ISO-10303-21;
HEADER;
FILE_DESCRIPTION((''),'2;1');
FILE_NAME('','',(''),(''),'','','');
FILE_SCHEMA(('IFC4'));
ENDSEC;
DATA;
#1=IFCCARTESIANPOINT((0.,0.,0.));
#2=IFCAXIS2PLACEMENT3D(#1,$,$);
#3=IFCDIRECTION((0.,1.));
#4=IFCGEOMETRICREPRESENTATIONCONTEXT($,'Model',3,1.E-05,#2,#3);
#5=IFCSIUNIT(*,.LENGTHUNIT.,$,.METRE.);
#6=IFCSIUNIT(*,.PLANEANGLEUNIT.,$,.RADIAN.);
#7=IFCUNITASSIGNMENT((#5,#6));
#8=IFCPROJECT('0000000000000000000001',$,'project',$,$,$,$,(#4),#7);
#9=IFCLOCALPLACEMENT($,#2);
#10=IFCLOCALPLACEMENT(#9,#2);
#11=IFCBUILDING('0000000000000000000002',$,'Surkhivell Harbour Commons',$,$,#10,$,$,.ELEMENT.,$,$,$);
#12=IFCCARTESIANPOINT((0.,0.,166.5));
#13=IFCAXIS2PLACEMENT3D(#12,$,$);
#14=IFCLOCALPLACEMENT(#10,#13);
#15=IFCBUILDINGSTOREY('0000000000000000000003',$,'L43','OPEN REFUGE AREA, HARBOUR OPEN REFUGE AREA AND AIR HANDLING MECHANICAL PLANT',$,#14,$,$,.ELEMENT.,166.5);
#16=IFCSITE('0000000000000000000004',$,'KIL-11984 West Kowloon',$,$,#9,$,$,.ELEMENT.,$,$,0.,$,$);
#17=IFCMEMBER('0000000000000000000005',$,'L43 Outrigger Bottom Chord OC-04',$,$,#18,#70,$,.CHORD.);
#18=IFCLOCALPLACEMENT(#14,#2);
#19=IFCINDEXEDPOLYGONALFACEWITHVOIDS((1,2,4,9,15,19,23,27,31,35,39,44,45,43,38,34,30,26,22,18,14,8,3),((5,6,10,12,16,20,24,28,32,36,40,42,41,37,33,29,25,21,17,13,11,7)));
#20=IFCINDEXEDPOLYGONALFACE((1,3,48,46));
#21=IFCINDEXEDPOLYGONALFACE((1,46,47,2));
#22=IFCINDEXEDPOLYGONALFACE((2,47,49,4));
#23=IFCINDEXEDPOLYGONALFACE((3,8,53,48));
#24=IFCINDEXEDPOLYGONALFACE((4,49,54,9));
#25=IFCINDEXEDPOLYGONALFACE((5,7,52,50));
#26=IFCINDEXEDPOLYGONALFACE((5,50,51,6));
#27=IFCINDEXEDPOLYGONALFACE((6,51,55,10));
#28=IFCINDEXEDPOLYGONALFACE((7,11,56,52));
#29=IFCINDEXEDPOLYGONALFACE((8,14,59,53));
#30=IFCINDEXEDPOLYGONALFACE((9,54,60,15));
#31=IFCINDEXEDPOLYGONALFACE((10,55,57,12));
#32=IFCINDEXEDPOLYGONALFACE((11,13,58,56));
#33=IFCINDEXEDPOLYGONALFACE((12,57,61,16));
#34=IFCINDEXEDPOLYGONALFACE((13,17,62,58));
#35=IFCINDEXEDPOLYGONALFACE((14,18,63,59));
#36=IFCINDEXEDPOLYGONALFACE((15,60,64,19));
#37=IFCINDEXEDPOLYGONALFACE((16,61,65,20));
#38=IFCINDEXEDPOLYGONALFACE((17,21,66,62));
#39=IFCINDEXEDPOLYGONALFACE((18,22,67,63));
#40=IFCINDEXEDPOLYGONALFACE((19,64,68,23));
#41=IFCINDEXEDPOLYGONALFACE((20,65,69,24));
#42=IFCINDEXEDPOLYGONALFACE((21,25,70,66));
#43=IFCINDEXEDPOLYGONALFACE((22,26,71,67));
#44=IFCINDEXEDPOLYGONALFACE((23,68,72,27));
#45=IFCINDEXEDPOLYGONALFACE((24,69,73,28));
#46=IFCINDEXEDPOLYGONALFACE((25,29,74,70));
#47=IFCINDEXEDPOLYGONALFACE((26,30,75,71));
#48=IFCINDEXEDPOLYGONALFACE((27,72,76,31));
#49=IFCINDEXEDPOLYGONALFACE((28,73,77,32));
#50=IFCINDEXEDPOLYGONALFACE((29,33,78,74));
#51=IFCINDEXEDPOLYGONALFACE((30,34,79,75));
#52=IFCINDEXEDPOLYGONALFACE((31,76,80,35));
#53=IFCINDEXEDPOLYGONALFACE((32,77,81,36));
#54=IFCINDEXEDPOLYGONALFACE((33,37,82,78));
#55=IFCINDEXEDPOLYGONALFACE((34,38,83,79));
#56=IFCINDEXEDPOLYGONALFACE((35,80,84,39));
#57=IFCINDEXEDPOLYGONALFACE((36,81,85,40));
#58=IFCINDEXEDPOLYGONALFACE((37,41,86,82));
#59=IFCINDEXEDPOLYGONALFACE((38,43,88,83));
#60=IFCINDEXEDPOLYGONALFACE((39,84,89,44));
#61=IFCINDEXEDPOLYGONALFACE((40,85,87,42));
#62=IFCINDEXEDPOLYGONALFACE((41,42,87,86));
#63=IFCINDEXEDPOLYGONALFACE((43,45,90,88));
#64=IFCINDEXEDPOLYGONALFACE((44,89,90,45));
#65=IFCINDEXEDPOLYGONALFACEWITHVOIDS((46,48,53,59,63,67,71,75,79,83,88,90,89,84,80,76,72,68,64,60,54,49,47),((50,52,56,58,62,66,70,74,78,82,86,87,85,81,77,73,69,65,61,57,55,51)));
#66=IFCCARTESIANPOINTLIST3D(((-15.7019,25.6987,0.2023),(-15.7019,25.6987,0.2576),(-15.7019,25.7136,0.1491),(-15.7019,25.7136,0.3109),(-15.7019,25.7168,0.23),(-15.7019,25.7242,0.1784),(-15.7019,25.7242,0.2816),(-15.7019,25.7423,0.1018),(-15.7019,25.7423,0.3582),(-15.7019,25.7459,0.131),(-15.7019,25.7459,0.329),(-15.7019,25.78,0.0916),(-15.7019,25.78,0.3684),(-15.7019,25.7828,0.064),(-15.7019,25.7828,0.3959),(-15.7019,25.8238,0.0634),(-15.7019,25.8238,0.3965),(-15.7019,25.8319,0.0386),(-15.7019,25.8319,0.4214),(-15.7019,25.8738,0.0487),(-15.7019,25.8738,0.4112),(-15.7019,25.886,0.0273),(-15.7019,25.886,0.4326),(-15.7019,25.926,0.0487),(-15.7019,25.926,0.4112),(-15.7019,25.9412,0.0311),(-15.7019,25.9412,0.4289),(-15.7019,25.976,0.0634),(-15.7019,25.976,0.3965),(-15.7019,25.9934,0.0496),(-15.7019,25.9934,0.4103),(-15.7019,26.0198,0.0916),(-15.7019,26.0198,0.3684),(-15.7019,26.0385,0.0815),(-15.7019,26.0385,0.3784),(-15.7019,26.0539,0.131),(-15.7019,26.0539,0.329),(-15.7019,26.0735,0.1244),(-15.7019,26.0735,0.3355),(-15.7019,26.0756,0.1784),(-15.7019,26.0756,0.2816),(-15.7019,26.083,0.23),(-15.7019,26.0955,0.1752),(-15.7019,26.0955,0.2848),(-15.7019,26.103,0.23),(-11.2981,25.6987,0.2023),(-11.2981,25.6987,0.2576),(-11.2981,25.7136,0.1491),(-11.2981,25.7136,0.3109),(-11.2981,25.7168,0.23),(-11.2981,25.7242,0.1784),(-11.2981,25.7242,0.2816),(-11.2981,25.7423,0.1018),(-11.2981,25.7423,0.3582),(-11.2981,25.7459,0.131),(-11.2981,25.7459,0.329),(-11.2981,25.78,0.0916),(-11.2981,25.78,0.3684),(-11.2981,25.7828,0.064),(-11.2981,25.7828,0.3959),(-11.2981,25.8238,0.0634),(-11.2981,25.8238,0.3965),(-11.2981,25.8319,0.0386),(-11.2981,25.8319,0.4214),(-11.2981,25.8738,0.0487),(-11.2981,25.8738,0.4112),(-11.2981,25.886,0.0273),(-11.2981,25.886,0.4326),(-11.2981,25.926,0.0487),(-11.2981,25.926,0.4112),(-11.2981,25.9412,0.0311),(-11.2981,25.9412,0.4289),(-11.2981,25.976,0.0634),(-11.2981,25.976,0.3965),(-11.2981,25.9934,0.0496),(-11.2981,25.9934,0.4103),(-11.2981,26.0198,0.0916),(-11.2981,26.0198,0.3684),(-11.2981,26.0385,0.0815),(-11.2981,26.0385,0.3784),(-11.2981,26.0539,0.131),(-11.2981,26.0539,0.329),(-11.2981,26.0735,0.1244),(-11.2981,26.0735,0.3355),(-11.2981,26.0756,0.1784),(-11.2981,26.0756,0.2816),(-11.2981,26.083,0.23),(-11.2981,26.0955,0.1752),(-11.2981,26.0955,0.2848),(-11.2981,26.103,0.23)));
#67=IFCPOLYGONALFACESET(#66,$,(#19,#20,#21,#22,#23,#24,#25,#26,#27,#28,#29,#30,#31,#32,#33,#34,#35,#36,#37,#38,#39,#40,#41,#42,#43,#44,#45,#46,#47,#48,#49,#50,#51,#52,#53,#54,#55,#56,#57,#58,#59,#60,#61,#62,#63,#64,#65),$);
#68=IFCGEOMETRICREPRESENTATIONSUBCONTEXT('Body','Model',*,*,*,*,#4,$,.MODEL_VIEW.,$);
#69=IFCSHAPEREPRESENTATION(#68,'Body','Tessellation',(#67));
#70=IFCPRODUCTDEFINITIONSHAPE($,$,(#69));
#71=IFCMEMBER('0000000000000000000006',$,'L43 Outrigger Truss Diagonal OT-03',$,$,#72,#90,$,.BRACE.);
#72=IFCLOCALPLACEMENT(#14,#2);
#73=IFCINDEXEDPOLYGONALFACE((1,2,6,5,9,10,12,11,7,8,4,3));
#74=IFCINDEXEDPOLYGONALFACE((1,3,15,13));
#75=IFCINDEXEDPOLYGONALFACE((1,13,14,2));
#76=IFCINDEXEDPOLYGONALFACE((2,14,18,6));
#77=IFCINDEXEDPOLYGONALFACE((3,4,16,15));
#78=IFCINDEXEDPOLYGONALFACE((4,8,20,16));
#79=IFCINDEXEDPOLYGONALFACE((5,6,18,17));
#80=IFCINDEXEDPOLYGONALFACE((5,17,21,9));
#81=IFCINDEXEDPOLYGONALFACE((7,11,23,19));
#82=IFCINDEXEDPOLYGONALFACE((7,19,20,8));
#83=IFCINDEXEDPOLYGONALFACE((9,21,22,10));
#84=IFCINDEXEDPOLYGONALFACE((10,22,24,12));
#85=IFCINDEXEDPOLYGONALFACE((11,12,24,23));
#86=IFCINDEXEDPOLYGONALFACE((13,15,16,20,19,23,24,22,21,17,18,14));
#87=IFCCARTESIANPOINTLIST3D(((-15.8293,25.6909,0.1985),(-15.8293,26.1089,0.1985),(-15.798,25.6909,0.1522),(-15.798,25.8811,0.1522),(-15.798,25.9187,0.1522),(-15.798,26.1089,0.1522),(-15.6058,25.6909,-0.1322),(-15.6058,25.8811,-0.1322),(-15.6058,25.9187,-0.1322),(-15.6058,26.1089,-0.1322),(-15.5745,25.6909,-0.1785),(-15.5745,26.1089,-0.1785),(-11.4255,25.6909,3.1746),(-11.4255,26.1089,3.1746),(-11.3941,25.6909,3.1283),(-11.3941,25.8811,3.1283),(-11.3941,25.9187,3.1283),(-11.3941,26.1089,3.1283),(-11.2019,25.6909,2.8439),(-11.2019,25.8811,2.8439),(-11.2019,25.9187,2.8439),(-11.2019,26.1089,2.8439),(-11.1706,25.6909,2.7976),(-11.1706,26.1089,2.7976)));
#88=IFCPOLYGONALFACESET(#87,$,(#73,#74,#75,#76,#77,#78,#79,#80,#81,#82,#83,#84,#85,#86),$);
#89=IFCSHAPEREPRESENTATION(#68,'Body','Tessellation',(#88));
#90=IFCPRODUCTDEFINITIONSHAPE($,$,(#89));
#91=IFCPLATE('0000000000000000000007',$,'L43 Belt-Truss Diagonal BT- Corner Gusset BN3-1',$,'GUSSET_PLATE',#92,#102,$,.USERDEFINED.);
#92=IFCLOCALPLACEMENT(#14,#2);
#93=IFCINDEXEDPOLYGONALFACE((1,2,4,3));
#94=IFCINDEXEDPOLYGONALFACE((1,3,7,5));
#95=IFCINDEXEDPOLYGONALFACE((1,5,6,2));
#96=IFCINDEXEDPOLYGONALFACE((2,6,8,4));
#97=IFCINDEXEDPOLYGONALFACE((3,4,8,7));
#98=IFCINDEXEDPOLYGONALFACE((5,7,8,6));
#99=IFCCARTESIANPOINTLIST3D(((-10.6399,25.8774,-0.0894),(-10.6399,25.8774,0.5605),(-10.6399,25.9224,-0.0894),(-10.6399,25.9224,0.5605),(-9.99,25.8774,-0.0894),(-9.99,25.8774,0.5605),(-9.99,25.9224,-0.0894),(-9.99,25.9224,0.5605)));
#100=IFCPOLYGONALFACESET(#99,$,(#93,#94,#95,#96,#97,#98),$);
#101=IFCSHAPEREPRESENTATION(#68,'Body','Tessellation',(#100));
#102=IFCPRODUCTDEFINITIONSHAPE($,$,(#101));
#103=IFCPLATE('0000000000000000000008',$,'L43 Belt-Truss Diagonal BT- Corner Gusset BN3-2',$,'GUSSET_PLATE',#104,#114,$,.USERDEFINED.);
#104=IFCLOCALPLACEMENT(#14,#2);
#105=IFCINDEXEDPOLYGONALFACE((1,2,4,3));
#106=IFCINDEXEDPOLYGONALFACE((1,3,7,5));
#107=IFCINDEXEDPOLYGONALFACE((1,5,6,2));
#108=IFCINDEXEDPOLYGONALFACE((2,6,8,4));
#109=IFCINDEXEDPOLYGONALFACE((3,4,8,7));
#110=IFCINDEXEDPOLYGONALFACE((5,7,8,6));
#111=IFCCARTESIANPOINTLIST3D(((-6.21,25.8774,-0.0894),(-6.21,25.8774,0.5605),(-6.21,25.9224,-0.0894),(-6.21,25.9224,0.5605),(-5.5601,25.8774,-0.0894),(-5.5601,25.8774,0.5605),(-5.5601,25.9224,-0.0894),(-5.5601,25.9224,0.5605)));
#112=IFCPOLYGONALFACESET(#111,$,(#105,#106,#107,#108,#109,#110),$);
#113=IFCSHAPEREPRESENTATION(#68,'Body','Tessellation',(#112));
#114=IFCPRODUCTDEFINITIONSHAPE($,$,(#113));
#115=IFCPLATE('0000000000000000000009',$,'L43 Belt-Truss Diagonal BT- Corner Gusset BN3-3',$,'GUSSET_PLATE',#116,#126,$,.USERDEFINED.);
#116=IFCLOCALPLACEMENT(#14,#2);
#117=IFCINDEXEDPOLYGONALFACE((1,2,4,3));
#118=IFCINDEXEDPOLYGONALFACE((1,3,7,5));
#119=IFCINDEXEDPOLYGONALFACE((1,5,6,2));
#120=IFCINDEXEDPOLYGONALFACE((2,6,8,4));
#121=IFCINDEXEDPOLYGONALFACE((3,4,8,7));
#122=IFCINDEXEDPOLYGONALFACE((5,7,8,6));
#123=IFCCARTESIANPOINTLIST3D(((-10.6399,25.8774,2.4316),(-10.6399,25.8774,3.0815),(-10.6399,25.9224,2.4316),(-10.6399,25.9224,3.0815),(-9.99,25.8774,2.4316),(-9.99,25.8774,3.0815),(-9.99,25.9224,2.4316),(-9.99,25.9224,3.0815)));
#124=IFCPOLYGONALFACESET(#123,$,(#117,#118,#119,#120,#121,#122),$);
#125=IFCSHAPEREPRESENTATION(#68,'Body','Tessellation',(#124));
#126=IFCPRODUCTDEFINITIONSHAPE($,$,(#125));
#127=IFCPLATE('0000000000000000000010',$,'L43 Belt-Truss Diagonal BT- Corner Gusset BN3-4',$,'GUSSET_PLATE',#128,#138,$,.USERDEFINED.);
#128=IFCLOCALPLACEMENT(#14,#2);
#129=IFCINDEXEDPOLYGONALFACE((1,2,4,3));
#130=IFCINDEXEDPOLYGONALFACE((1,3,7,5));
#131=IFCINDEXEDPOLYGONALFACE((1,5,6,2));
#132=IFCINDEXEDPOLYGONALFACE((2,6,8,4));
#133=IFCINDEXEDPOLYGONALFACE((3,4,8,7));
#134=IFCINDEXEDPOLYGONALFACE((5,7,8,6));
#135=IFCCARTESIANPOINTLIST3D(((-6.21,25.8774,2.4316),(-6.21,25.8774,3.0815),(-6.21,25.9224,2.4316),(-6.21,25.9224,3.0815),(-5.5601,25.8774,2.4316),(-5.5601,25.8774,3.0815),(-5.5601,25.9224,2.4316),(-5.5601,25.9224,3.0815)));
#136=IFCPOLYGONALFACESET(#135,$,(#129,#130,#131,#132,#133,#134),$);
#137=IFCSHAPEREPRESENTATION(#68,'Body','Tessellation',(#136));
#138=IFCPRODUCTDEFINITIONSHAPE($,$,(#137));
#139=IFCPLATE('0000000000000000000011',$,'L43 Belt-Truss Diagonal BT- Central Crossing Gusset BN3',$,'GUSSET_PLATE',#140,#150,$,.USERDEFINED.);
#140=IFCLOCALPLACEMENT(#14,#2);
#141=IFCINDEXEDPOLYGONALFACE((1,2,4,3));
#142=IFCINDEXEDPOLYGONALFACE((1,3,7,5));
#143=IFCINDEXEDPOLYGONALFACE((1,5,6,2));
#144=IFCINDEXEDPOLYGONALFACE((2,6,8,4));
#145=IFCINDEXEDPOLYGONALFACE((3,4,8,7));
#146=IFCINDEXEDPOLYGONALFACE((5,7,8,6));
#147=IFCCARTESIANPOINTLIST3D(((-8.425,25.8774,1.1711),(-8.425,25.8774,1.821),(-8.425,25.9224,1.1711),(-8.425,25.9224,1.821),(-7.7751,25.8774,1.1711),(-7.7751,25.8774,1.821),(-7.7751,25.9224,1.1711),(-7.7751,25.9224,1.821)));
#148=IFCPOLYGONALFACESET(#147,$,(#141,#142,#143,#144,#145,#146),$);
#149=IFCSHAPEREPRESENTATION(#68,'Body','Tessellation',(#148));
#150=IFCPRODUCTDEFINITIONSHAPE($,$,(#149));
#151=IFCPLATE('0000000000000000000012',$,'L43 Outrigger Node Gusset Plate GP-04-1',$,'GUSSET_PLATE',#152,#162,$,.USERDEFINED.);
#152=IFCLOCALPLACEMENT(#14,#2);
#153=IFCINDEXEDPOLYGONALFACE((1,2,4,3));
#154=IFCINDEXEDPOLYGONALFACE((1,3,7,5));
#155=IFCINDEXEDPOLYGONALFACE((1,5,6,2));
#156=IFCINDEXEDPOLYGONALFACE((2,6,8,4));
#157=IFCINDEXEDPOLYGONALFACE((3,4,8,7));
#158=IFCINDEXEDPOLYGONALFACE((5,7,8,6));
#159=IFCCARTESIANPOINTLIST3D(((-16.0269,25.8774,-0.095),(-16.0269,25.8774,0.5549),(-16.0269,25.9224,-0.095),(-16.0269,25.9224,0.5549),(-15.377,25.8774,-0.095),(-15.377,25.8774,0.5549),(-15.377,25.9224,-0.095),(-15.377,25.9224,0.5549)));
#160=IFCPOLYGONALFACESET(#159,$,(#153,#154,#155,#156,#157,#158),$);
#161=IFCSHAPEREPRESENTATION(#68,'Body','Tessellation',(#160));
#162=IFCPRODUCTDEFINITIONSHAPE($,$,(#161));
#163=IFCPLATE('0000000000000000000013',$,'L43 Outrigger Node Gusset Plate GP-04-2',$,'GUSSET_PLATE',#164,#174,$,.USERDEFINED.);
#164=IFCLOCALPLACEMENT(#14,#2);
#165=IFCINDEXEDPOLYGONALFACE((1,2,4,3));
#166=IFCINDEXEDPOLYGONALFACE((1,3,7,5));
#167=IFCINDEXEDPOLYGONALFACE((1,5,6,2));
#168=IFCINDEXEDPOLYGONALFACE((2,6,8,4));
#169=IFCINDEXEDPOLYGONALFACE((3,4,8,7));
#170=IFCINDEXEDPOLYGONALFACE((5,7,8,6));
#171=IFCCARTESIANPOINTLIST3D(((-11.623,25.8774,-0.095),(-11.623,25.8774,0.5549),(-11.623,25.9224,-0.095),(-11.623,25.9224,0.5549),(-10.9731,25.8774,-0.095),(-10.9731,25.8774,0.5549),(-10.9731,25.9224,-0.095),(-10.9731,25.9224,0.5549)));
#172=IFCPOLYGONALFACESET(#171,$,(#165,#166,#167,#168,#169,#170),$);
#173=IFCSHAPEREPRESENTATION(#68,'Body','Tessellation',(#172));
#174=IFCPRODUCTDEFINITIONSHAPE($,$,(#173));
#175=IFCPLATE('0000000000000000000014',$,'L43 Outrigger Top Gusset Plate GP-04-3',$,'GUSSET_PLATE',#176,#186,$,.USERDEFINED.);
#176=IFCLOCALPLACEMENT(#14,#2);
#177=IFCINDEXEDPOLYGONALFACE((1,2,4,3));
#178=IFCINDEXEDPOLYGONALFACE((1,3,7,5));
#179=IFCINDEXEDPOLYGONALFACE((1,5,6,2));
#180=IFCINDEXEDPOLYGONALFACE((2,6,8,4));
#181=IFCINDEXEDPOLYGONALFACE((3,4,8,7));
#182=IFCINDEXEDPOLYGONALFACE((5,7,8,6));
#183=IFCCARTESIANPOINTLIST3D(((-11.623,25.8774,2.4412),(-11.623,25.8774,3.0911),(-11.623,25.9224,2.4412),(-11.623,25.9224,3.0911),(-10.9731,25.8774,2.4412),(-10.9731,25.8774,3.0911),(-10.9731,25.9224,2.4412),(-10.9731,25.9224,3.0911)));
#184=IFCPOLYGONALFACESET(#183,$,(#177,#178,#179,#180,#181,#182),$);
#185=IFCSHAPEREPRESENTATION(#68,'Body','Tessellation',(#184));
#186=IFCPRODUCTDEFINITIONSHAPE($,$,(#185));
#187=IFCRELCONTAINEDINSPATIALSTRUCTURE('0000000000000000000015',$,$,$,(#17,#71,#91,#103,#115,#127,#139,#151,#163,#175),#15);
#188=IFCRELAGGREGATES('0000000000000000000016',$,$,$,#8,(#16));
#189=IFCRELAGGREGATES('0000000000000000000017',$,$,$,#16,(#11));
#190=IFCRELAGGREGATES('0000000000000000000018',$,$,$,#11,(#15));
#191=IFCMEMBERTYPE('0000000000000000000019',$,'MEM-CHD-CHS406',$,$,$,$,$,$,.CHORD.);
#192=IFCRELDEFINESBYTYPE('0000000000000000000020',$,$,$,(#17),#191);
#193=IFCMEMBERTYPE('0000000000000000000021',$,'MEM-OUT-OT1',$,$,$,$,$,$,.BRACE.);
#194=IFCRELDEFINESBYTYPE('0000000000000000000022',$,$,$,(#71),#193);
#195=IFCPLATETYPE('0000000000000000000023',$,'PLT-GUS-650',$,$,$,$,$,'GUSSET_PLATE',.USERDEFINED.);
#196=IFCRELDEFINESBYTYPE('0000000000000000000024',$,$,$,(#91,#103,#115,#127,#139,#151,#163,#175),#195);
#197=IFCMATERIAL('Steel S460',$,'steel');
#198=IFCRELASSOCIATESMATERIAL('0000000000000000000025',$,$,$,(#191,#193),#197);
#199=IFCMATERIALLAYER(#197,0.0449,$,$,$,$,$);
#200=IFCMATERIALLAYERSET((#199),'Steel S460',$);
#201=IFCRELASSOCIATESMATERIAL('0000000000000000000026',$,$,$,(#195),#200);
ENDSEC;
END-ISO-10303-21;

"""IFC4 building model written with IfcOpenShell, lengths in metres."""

from ifc_helpers import new_model, si_unit, direction, frame, origin, origin_2d, place, context, subcontext, project, spatial, rectangle, hollow_circle, i_section, extrude, material, layer, layer_set, material_profile, profile_set, type_object, element, save


model = new_model("IFC4")

# Units and contexts
model_context = context("Model", 3, precision=1e-05, world=origin(), true_north=direction((0.0, 1.0)))
body_context = subcontext(model_context, "Body", "Model", "MODEL_VIEW")
ifc_project = project(units=[si_unit("LENGTHUNIT", "METRE"), si_unit("PLANEANGLEUNIT", "RADIAN")], contexts=[model_context])

# Site, building, storey
site_placement = place(None, origin())
site = spatial("IfcSite", under=ifc_project, at=site_placement, Name="KIL-11984 West Kowloon", CompositionType="ELEMENT", RefElevation=0.0)
building_placement = place(site_placement, origin())
building = spatial("IfcBuilding", under=site, at=building_placement, Name="Surkhivell Harbour Commons", CompositionType="ELEMENT")
storey_placement = place(building_placement, frame((0.0, 0.0, 166.5)))
storey = spatial("IfcBuildingStorey", under=building, at=storey_placement, Name="L43", Description="OPEN REFUGE AREA, HARBOUR OPEN REFUGE AREA AND AIR HANDLING MECHANICAL PLANT", CompositionType="ELEMENT", Elevation=166.5)

# Shared definitions
ifc_material_1 = material(Name="Steel S460", Category="steel")

# Members
ifc_material_profile_1 = material_profile(ifc_material_1, hollow_circle(Radius=0.2031, WallThickness=0.02, at=origin_2d()), Name="CHS406x20")
ifc_profile_set_1 = profile_set([ifc_material_profile_1], Name="Steel S460")
member_type_1 = type_object("IfcMemberType", Name="MEM-CHD-CHS406", PredefinedType="CHORD", material=ifc_profile_set_1)
member_1_placement = place(storey_placement, frame((-15.7019, 25.8999, 0.23), z_axis=(1.0, 0.0, 0.0), x_axis=(0.0, 1.0, 0.0)))
element("IfcMember", 1, at=member_1_placement, inside=storey, type_object=member_type_1, Name="L43 Outrigger Bottom Chord OC-04", PredefinedType="CHORD", context=body_context, shape_type="SweptSolid", body=[
    extrude(hollow_circle(Radius=0.2031, WallThickness=0.02, at=origin_2d()), origin(), (0.0, 0.0, 1.0), 4.4038),
])
ifc_material_profile_2 = material_profile(ifc_material_1, i_section(OverallWidth=0.418, OverallDepth=0.4551, WebThickness=0.0376, FlangeThickness=0.0559, at=origin_2d()), Name="HD400x551")
ifc_profile_set_2 = profile_set([ifc_material_profile_2], Name="Steel S460")
member_type_2 = type_object("IfcMemberType", Name="MEM-OUT-OT1", PredefinedType="BRACE", material=ifc_profile_set_2)
member_2_placement = place(storey_placement, frame((-15.7019, 25.8999, 0.01), z_axis=(0.828543, 0.0, 0.559926), x_axis=(0.0, 1.0, 0.0)))
element("IfcMember", 2, at=member_2_placement, inside=storey, type_object=member_type_2, Name="L43 Outrigger Truss Diagonal OT-03", PredefinedType="BRACE", context=body_context, shape_type="SweptSolid", body=[
    extrude(i_section(OverallWidth=0.418, OverallDepth=0.4551, WebThickness=0.0376, FlangeThickness=0.0559, at=origin_2d()), origin(), (0.0, 0.0, 1.0), 5.3152),
])

# Plates
ifc_layer_1 = layer(ifc_material_1, 0.0449)
ifc_layer_set_1 = layer_set([ifc_layer_1], Name="Steel S460")
plate_type = type_object("IfcPlateType", Name="PLT-GUS-650", ElementType="GUSSET_PLATE", PredefinedType="USERDEFINED", material=ifc_layer_set_1)
for number, where, z_axis, x_axis, name in (
    (3, (-10.3149, 25.8999, -0.0894), (0.0, 0.0, 1.0), (1.0, 0.0, 0.0), "L43 Belt-Truss Diagonal BT- Corner Gusset BN3-1"),
    (4, (-5.885, 25.8999, -0.0894), (0.0, 0.0, 1.0), (1.0, 0.0, 0.0), "L43 Belt-Truss Diagonal BT- Corner Gusset BN3-2"),
    (5, (-10.3149, 25.8999, 2.4316), (0.0, 0.0, 1.0), (1.0, 0.0, 0.0), "L43 Belt-Truss Diagonal BT- Corner Gusset BN3-3"),
    (6, (-5.885, 25.8999, 2.4316), (0.0, 0.0, 1.0), (1.0, 0.0, 0.0), "L43 Belt-Truss Diagonal BT- Corner Gusset BN3-4"),
    (7, (-8.1001, 25.8999, 1.1711), (0.0, 0.0, 1.0), (1.0, 0.0, 0.0), "L43 Belt-Truss Diagonal BT- Central Crossing Gusset BN3"),
    (8, (-15.7019, 25.8999, -0.095), (0.0, 0.0, 1.0), (1.0, 0.0, 0.0), "L43 Outrigger Node Gusset Plate GP-04-1"),
    (9, (-11.2981, 25.8999, -0.095), (0.0, 0.0, 1.0), (1.0, 0.0, 0.0), "L43 Outrigger Node Gusset Plate GP-04-2"),
    (10, (-11.2981, 25.8999, 2.4412), (0.0, 0.0, 1.0), (1.0, 0.0, 0.0), "L43 Outrigger Top Gusset Plate GP-04-3"),
):
    element("IfcPlate", number, at=place(storey_placement, frame(where, z_axis=z_axis, x_axis=x_axis)), inside=storey, type_object=plate_type, Name=name, ObjectType="GUSSET_PLATE", PredefinedType="USERDEFINED", context=body_context, shape_type="SweptSolid", body=[
        extrude(rectangle(XDim=0.6499, YDim=0.0449, at=origin_2d()), origin(), (0.0, 0.0, 1.0), 0.6499),
    ])

save(model, "model.ifc")
